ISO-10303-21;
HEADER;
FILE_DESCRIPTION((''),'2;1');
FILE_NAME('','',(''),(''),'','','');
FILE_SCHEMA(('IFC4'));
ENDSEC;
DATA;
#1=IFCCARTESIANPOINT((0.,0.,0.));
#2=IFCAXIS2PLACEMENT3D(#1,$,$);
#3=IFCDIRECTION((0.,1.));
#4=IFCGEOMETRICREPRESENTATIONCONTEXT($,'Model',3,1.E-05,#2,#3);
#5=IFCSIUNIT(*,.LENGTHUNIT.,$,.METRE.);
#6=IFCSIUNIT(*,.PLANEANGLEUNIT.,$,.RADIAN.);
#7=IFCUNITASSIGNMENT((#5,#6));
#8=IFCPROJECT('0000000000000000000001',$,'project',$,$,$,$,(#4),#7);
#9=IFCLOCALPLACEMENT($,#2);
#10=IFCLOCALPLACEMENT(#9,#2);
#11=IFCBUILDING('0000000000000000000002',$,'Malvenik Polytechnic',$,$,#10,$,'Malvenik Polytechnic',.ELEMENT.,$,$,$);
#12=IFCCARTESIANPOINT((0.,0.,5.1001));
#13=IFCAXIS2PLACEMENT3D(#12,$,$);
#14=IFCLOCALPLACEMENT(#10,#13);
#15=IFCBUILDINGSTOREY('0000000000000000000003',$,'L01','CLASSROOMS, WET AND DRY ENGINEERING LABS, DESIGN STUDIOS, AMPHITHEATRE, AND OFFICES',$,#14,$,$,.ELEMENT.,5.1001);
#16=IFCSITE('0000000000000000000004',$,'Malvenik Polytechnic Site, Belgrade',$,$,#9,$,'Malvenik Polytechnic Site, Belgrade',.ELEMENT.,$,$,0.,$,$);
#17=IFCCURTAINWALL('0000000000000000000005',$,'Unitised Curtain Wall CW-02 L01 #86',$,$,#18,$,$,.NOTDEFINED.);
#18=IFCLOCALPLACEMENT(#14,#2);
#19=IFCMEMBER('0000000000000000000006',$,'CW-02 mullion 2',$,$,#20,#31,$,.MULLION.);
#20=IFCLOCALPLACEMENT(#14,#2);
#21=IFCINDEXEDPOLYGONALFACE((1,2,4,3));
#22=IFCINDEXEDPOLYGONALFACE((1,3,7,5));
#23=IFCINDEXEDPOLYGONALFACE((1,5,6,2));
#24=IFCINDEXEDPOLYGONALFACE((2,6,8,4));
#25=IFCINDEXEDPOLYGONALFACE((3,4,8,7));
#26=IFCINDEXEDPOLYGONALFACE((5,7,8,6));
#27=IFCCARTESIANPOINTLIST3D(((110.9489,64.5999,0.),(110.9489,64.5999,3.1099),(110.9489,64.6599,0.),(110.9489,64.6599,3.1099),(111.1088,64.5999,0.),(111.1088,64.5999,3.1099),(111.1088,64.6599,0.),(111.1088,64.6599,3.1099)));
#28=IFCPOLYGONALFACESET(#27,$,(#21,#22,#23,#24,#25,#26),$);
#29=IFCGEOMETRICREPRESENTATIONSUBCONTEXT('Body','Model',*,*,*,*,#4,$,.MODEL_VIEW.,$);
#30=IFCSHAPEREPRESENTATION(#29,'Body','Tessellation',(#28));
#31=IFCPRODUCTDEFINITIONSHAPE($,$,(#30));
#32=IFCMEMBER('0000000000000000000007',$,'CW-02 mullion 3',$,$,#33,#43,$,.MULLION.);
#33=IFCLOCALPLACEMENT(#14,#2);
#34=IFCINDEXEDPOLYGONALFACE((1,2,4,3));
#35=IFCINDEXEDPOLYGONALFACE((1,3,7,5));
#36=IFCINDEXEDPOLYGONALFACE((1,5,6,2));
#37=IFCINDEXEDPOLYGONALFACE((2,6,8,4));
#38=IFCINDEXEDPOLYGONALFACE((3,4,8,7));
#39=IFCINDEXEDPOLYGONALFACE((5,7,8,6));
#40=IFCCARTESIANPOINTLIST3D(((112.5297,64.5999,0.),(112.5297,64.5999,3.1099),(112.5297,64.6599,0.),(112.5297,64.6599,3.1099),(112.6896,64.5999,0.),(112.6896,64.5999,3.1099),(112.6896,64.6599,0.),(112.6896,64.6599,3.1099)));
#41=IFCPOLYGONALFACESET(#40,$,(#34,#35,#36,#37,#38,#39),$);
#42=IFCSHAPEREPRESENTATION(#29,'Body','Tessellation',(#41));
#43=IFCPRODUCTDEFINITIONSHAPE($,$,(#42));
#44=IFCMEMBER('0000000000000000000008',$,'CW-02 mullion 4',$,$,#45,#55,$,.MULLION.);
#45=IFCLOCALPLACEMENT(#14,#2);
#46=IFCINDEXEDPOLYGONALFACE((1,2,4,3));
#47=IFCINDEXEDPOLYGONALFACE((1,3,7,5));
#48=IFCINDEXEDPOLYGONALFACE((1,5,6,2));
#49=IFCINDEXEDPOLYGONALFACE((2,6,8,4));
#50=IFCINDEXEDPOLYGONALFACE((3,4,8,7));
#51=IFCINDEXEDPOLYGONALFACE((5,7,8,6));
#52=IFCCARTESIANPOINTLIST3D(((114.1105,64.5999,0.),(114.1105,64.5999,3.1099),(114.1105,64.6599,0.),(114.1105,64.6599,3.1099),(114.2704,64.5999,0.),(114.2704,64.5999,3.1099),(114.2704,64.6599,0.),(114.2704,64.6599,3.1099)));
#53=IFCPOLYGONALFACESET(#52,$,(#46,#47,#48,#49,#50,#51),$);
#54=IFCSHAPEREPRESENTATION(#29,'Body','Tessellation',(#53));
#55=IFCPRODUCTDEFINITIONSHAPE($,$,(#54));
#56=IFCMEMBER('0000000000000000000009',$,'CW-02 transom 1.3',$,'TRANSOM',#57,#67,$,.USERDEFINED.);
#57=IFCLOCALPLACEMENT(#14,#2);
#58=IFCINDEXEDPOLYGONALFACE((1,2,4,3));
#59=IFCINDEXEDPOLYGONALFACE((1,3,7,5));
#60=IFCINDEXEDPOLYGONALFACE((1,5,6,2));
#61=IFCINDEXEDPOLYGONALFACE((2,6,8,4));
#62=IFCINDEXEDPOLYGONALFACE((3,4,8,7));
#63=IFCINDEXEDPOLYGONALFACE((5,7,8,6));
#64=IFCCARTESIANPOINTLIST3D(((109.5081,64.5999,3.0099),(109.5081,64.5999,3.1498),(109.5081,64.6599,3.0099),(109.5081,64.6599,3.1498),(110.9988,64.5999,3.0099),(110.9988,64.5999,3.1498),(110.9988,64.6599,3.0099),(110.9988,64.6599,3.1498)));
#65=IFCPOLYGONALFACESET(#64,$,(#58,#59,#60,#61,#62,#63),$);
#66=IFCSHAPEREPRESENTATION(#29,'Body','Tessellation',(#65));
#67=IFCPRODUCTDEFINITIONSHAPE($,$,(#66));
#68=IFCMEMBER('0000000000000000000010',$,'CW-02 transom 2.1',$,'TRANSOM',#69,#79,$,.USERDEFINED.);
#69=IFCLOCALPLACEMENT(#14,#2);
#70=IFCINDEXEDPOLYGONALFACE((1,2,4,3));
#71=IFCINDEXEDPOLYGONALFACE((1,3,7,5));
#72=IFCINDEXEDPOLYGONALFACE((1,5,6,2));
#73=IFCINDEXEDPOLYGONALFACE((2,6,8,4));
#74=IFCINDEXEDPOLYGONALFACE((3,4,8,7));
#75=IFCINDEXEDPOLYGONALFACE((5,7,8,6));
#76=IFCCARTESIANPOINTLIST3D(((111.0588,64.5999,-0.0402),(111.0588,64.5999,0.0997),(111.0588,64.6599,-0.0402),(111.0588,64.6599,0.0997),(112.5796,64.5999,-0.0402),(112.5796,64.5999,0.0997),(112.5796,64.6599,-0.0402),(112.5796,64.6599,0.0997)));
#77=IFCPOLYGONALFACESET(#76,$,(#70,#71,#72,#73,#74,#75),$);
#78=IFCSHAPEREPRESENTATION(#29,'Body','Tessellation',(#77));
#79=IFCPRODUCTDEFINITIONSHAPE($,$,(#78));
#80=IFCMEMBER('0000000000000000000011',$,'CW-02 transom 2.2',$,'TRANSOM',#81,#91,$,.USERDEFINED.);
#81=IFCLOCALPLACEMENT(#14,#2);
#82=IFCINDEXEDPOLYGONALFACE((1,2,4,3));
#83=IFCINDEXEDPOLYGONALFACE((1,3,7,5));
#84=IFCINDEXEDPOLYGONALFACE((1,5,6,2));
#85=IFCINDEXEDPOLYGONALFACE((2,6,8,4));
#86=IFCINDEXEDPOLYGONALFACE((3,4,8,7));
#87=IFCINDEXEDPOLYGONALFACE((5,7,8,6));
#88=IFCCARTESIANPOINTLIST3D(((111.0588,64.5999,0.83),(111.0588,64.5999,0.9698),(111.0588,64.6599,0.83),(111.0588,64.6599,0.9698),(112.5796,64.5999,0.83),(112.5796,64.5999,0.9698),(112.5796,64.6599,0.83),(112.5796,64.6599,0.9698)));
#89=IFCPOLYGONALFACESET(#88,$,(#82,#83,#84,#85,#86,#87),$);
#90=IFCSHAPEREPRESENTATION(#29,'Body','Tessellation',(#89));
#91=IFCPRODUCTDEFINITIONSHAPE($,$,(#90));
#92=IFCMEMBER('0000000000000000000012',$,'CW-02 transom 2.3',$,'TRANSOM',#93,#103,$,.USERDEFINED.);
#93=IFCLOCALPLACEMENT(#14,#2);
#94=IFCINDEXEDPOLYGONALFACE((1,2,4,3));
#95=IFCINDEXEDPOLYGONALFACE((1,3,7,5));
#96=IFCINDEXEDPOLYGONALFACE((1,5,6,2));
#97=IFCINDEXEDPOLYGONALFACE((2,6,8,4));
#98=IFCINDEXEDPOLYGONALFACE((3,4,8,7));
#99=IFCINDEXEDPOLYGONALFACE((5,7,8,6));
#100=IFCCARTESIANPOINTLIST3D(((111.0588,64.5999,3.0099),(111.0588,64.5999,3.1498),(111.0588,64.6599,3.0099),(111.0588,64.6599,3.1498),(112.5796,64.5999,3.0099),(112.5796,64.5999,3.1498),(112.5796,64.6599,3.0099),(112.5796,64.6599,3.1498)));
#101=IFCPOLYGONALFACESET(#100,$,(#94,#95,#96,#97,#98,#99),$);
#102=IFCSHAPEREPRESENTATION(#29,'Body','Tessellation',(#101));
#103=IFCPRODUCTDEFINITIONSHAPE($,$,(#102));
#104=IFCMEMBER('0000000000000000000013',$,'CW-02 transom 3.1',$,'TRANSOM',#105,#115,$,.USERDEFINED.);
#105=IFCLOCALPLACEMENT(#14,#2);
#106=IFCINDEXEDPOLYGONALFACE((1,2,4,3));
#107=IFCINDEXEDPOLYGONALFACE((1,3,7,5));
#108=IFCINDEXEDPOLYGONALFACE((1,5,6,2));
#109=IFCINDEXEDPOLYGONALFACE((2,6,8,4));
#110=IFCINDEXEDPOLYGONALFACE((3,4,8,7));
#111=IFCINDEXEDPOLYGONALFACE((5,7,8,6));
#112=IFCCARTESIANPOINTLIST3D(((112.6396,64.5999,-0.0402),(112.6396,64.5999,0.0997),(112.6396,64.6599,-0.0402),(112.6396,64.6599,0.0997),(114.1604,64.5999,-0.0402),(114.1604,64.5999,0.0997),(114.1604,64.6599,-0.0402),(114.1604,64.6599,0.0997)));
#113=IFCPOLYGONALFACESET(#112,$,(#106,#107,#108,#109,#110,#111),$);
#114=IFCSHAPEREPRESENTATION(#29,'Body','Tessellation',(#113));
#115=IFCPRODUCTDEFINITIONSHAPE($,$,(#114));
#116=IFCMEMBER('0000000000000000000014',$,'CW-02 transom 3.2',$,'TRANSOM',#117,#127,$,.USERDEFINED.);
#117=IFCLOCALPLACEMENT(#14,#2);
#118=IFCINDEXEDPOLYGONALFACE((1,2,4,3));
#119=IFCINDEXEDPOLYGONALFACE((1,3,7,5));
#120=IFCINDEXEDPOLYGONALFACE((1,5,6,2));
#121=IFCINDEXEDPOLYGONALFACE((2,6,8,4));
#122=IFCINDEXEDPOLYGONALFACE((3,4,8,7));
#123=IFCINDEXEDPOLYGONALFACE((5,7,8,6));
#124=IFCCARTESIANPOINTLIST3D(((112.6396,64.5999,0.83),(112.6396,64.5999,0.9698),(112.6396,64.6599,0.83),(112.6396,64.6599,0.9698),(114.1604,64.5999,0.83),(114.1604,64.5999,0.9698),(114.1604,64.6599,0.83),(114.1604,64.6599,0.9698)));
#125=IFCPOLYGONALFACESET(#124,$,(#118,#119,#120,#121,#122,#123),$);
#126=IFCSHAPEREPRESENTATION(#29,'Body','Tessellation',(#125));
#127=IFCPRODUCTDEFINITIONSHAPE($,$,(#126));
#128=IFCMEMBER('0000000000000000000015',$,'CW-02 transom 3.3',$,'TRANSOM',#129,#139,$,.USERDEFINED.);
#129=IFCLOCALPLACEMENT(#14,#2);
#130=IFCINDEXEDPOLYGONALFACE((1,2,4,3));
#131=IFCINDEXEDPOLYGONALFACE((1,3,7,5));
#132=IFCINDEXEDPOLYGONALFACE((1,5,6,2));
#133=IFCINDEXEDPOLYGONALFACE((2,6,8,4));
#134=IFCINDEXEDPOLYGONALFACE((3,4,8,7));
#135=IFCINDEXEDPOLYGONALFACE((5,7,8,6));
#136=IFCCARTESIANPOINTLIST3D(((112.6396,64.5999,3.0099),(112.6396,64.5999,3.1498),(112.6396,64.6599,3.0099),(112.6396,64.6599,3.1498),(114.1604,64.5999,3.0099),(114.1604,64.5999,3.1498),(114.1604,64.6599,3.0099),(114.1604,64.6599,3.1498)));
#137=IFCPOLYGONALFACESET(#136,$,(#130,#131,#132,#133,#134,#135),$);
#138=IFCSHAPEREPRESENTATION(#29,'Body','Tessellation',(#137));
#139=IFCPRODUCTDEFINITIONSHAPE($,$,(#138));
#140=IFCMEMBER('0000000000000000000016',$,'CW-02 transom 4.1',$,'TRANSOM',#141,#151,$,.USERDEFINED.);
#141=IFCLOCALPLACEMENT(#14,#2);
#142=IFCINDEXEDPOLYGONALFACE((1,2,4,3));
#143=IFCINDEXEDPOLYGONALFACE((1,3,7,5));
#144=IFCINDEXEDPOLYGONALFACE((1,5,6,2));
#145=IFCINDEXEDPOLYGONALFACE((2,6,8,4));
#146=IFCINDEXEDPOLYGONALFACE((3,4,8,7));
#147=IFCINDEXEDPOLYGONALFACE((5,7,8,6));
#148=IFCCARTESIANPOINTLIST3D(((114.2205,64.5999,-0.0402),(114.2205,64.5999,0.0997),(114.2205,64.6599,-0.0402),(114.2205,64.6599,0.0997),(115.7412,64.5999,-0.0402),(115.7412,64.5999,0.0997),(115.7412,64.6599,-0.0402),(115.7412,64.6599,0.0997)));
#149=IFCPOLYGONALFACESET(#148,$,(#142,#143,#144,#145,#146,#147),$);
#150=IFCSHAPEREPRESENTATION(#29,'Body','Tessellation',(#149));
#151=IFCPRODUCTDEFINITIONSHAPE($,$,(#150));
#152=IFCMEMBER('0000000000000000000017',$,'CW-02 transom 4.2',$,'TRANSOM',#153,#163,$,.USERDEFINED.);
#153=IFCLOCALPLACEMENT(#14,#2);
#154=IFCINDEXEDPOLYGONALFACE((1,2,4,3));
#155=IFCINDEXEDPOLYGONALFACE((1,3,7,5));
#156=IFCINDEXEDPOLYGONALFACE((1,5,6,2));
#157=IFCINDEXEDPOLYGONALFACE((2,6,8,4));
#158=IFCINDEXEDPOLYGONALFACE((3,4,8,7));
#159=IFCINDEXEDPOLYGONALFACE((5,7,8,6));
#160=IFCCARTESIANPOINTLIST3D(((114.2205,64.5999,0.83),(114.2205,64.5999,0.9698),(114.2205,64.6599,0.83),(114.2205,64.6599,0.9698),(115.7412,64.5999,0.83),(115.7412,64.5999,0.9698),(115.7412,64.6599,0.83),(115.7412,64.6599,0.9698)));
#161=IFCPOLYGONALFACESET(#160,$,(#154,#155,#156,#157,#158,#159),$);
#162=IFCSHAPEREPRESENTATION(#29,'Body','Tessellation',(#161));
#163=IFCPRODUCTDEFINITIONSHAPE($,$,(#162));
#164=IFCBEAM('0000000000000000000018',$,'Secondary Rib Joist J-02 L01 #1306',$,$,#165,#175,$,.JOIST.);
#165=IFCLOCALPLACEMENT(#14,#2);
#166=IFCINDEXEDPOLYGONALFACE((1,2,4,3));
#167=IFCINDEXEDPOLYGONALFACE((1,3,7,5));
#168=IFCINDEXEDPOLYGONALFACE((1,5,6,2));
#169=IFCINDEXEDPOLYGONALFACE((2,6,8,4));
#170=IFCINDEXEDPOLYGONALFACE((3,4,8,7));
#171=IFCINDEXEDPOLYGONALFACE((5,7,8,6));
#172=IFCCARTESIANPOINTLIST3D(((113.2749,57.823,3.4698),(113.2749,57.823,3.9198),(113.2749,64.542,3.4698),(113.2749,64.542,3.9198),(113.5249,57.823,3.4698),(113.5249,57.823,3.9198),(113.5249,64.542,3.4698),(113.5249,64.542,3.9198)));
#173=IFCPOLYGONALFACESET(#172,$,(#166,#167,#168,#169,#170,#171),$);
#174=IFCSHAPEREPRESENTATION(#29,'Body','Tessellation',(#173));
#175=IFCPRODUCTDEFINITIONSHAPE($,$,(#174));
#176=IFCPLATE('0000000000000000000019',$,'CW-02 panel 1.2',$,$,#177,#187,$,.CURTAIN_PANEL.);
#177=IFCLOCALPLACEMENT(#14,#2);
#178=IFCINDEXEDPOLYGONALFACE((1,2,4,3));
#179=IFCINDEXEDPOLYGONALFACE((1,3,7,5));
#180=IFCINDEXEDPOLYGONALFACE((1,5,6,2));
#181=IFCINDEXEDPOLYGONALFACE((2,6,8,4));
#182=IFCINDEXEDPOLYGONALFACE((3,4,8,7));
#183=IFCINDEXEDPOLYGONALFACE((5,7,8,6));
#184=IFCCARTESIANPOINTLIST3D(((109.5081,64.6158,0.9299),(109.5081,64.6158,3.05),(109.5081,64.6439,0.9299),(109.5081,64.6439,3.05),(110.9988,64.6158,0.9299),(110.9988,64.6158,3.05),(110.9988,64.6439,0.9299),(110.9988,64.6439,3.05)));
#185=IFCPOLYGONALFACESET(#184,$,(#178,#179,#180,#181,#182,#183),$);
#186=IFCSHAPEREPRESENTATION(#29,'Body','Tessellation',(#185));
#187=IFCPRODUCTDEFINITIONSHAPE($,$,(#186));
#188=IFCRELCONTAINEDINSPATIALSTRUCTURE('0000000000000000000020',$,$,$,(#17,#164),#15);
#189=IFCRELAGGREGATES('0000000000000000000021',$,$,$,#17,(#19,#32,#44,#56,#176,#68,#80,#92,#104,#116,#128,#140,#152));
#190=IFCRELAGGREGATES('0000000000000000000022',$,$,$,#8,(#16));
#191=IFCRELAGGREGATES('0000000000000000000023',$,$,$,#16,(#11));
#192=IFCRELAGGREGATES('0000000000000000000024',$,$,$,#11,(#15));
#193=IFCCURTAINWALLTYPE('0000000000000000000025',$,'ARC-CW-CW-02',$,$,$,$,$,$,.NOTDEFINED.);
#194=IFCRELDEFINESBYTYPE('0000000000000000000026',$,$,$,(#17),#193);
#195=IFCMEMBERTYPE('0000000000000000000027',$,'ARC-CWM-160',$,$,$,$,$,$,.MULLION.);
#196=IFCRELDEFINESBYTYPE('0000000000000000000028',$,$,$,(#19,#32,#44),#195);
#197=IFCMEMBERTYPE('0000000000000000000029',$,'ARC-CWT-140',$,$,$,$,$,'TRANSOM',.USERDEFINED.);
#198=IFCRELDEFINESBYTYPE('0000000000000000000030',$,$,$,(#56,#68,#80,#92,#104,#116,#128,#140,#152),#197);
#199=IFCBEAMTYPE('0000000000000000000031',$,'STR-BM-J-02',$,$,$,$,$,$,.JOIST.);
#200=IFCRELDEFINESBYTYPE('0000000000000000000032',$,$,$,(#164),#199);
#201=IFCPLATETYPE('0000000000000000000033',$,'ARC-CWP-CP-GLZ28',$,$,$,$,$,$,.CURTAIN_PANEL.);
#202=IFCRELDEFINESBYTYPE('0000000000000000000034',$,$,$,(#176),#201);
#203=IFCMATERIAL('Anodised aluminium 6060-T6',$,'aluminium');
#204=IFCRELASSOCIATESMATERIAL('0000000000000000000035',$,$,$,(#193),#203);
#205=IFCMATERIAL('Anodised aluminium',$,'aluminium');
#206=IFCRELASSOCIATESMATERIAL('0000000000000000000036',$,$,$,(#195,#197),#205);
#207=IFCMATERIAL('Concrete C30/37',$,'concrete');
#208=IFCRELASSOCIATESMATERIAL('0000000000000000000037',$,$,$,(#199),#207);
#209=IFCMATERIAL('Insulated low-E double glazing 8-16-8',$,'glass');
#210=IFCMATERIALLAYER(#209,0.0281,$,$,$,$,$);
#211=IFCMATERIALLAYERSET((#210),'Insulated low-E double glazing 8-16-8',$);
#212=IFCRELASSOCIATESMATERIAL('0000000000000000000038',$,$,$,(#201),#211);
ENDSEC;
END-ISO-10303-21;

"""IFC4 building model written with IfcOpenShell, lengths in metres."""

from ifc_helpers import new_model, si_unit, direction, frame, origin, origin_2d, place, context, subcontext, project, spatial, rectangle, extrude, material, layer, layer_set, material_profile, profile_set, type_object, element, aggregate, save


model = new_model("IFC4")

# Units and contexts
model_context = context("Model", 3, precision=1e-05, world=origin(), true_north=direction((0.0, 1.0)))
body_context = subcontext(model_context, "Body", "Model", "MODEL_VIEW")
ifc_project = project(units=[si_unit("LENGTHUNIT", "METRE"), si_unit("PLANEANGLEUNIT", "RADIAN")], contexts=[model_context])

# Site, building, storey
site_placement = place(None, origin())
site = spatial("IfcSite", under=ifc_project, at=site_placement, Name="Malvenik Polytechnic Site, Belgrade", LongName="Malvenik Polytechnic Site, Belgrade", CompositionType="ELEMENT", RefElevation=0.0)
building_placement = place(site_placement, origin())
building = spatial("IfcBuilding", under=site, at=building_placement, Name="Malvenik Polytechnic", LongName="Malvenik Polytechnic", CompositionType="ELEMENT")
storey_placement = place(building_placement, frame((0.0, 0.0, 5.1001)))
storey = spatial("IfcBuildingStorey", under=building, at=storey_placement, Name="L01", Description="CLASSROOMS, WET AND DRY ENGINEERING LABS, DESIGN STUDIOS, AMPHITHEATRE, AND OFFICES", CompositionType="ELEMENT", Elevation=5.1001)

# Curtain wall, members
ifc_material_1 = material(Name="Anodised aluminium 6060-T6", Category="aluminium")
curtain_wall_type = type_object("IfcCurtainWallType", Name="ARC-CW-CW-02", PredefinedType="NOTDEFINED", material=ifc_material_1)
curtain_wall_placement = place(storey_placement, origin())
curtain_wall = element("IfcCurtainWall", 1, at=curtain_wall_placement, inside=storey, type_object=curtain_wall_type, Name="Unitised Curtain Wall CW-02 L01 #86", PredefinedType="NOTDEFINED")
ifc_material_2 = material(Name="Anodised aluminium", Category="aluminium")
ifc_material_profile_1 = material_profile(ifc_material_2, rectangle(XDim=0.0601, YDim=0.1599, at=origin_2d()), Name="ALU MULLION 60x160")
ifc_profile_set_1 = profile_set([ifc_material_profile_1], Name="Anodised aluminium")
member_type_1 = type_object("IfcMemberType", Name="ARC-CWM-160", PredefinedType="MULLION", material=ifc_profile_set_1)
member_1_placement = place(storey_placement, frame((111.0288, 64.6299, 0.0), z_axis=(0.0, 0.0, 1.0), x_axis=(0.0, 1.0, 0.0)))
member_1 = element("IfcMember", 2, at=member_1_placement, type_object=member_type_1, Name="CW-02 mullion 2", PredefinedType="MULLION", context=body_context, shape_type="SweptSolid", body=[
    extrude(rectangle(XDim=0.0601, YDim=0.1599, at=origin_2d()), origin(), (0.0, 0.0, 1.0), 3.1099),
])
member_2_placement = place(storey_placement, frame((112.6096, 64.6299, 0.0), z_axis=(0.0, 0.0, 1.0), x_axis=(0.0, 1.0, 0.0)))
member_2 = element("IfcMember", 3, at=member_2_placement, type_object=member_type_1, Name="CW-02 mullion 3", PredefinedType="MULLION", context=body_context, shape_type="SweptSolid", body=[
    extrude(rectangle(XDim=0.0601, YDim=0.1599, at=origin_2d()), origin(), (0.0, 0.0, 1.0), 3.1099),
])
member_3_placement = place(storey_placement, frame((114.1904, 64.6299, 0.0), z_axis=(0.0, 0.0, 1.0), x_axis=(0.0, 1.0, 0.0)))
member_3 = element("IfcMember", 4, at=member_3_placement, type_object=member_type_1, Name="CW-02 mullion 4", PredefinedType="MULLION", context=body_context, shape_type="SweptSolid", body=[
    extrude(rectangle(XDim=0.0601, YDim=0.1599, at=origin_2d()), origin(), (0.0, 0.0, 1.0), 3.1099),
])
ifc_material_profile_2 = material_profile(ifc_material_2, rectangle(XDim=0.0601, YDim=0.1399, at=origin_2d()), Name="ALU TRANSOM 60x140")
ifc_profile_set_2 = profile_set([ifc_material_profile_2], Name="Anodised aluminium")
member_type_2 = type_object("IfcMemberType", Name="ARC-CWT-140", ElementType="TRANSOM", PredefinedType="USERDEFINED", material=ifc_profile_set_2)
member_4_placement = place(storey_placement, frame((109.5081, 64.6299, 3.0798), z_axis=(1.0, 0.0, 0.0), x_axis=(0.0, 1.0, 0.0)))
member_4 = element("IfcMember", 5, at=member_4_placement, type_object=member_type_2, Name="CW-02 transom 1.3", ObjectType="TRANSOM", PredefinedType="USERDEFINED", context=body_context, shape_type="SweptSolid", body=[
    extrude(rectangle(XDim=0.0601, YDim=0.1399, at=origin_2d()), origin(), (0.0, 0.0, 1.0), 1.4907),
])
member_5_placement = place(storey_placement, frame((111.0588, 64.6299, 0.0298), z_axis=(1.0, 0.0, 0.0), x_axis=(0.0, 1.0, 0.0)))
member_5 = element("IfcMember", 6, at=member_5_placement, type_object=member_type_2, Name="CW-02 transom 2.1", ObjectType="TRANSOM", PredefinedType="USERDEFINED", context=body_context, shape_type="SweptSolid", body=[
    extrude(rectangle(XDim=0.0601, YDim=0.1399, at=origin_2d()), origin(), (0.0, 0.0, 1.0), 1.5208),
])
member_6_placement = place(storey_placement, frame((111.0588, 64.6299, 0.8999), z_axis=(1.0, 0.0, 0.0), x_axis=(0.0, 1.0, 0.0)))
member_6 = element("IfcMember", 7, at=member_6_placement, type_object=member_type_2, Name="CW-02 transom 2.2", ObjectType="TRANSOM", PredefinedType="USERDEFINED", context=body_context, shape_type="SweptSolid", body=[
    extrude(rectangle(XDim=0.0601, YDim=0.1399, at=origin_2d()), origin(), (0.0, 0.0, 1.0), 1.5208),
])
member_7_placement = place(storey_placement, frame((111.0588, 64.6299, 3.0798), z_axis=(1.0, 0.0, 0.0), x_axis=(0.0, 1.0, 0.0)))
member_7 = element("IfcMember", 8, at=member_7_placement, type_object=member_type_2, Name="CW-02 transom 2.3", ObjectType="TRANSOM", PredefinedType="USERDEFINED", context=body_context, shape_type="SweptSolid", body=[
    extrude(rectangle(XDim=0.0601, YDim=0.1399, at=origin_2d()), origin(), (0.0, 0.0, 1.0), 1.5208),
])
member_8_placement = place(storey_placement, frame((112.6396, 64.6299, 0.0298), z_axis=(1.0, 0.0, 0.0), x_axis=(0.0, 1.0, 0.0)))
member_8 = element("IfcMember", 9, at=member_8_placement, type_object=member_type_2, Name="CW-02 transom 3.1", ObjectType="TRANSOM", PredefinedType="USERDEFINED", context=body_context, shape_type="SweptSolid", body=[
    extrude(rectangle(XDim=0.0601, YDim=0.1399, at=origin_2d()), origin(), (0.0, 0.0, 1.0), 1.5208),
])
member_9_placement = place(storey_placement, frame((112.6396, 64.6299, 0.8999), z_axis=(1.0, 0.0, 0.0), x_axis=(0.0, 1.0, 0.0)))
member_9 = element("IfcMember", 10, at=member_9_placement, type_object=member_type_2, Name="CW-02 transom 3.2", ObjectType="TRANSOM", PredefinedType="USERDEFINED", context=body_context, shape_type="SweptSolid", body=[
    extrude(rectangle(XDim=0.0601, YDim=0.1399, at=origin_2d()), origin(), (0.0, 0.0, 1.0), 1.5208),
])
member_10_placement = place(storey_placement, frame((112.6396, 64.6299, 3.0798), z_axis=(1.0, 0.0, 0.0), x_axis=(0.0, 1.0, 0.0)))
member_10 = element("IfcMember", 11, at=member_10_placement, type_object=member_type_2, Name="CW-02 transom 3.3", ObjectType="TRANSOM", PredefinedType="USERDEFINED", context=body_context, shape_type="SweptSolid", body=[
    extrude(rectangle(XDim=0.0601, YDim=0.1399, at=origin_2d()), origin(), (0.0, 0.0, 1.0), 1.5208),
])
member_11_placement = place(storey_placement, frame((114.2205, 64.6299, 0.0298), z_axis=(1.0, 0.0, 0.0), x_axis=(0.0, 1.0, 0.0)))
member_11 = element("IfcMember", 12, at=member_11_placement, type_object=member_type_2, Name="CW-02 transom 4.1", ObjectType="TRANSOM", PredefinedType="USERDEFINED", context=body_context, shape_type="SweptSolid", body=[
    extrude(rectangle(XDim=0.0601, YDim=0.1399, at=origin_2d()), origin(), (0.0, 0.0, 1.0), 1.5208),
])
member_12_placement = place(storey_placement, frame((114.2205, 64.6299, 0.8999), z_axis=(1.0, 0.0, 0.0), x_axis=(0.0, 1.0, 0.0)))
member_12 = element("IfcMember", 13, at=member_12_placement, type_object=member_type_2, Name="CW-02 transom 4.2", ObjectType="TRANSOM", PredefinedType="USERDEFINED", context=body_context, shape_type="SweptSolid", body=[
    extrude(rectangle(XDim=0.0601, YDim=0.1399, at=origin_2d()), origin(), (0.0, 0.0, 1.0), 1.5208),
])

# Beam
ifc_material_3 = material(Name="Concrete C30/37", Category="concrete")
ifc_material_profile_3 = material_profile(ifc_material_3, rectangle(XDim=0.25, YDim=0.45, at=origin_2d()), Name="RC JST 250x450")
ifc_profile_set_3 = profile_set([ifc_material_profile_3], Name="Concrete C30/37")
beam_type = type_object("IfcBeamType", Name="STR-BM-J-02", PredefinedType="JOIST", material=ifc_profile_set_3)
beam_placement = place(storey_placement, frame((113.3999, 57.823, 3.6948), z_axis=(0.0, 1.0, 0.0), x_axis=(-1.0, 0.0, 0.0)))
element("IfcBeam", 14, at=beam_placement, inside=storey, type_object=beam_type, Name="Secondary Rib Joist J-02 L01 #1306", PredefinedType="JOIST", context=body_context, shape_type="SweptSolid", body=[
    extrude(rectangle(XDim=0.25, YDim=0.45, at=origin_2d()), origin(), (0.0, 0.0, 1.0), 6.719),
])

# Plate
ifc_material_4 = material(Name="Insulated low-E double glazing 8-16-8", Category="glass")
ifc_layer_1 = layer(ifc_material_4, 0.0281)
ifc_layer_set_1 = layer_set([ifc_layer_1], Name="Insulated low-E double glazing 8-16-8")
plate_type_1 = type_object("IfcPlateType", Name="ARC-CWP-CP-GLZ28", PredefinedType="CURTAIN_PANEL", material=ifc_layer_set_1)
plate_1_placement = place(storey_placement, frame((110.2534, 64.6299, 0.9299), z_axis=(0.0, 0.0, 1.0), x_axis=(1.0, 0.0, 0.0)))
plate_1 = element("IfcPlate", 15, at=plate_1_placement, type_object=plate_type_1, Name="CW-02 panel 1.2", PredefinedType="CURTAIN_PANEL", context=body_context, shape_type="SweptSolid", body=[
    extrude(rectangle(XDim=1.4907, YDim=0.0281, at=origin_2d()), origin(), (0.0, 0.0, 1.0), 2.1201),
])
aggregate(curtain_wall, [member_1, member_2, member_3, member_4, plate_1, member_5, member_6, member_7, member_8, member_9, member_10, member_11, member_12])

save(model, "model.ifc")
